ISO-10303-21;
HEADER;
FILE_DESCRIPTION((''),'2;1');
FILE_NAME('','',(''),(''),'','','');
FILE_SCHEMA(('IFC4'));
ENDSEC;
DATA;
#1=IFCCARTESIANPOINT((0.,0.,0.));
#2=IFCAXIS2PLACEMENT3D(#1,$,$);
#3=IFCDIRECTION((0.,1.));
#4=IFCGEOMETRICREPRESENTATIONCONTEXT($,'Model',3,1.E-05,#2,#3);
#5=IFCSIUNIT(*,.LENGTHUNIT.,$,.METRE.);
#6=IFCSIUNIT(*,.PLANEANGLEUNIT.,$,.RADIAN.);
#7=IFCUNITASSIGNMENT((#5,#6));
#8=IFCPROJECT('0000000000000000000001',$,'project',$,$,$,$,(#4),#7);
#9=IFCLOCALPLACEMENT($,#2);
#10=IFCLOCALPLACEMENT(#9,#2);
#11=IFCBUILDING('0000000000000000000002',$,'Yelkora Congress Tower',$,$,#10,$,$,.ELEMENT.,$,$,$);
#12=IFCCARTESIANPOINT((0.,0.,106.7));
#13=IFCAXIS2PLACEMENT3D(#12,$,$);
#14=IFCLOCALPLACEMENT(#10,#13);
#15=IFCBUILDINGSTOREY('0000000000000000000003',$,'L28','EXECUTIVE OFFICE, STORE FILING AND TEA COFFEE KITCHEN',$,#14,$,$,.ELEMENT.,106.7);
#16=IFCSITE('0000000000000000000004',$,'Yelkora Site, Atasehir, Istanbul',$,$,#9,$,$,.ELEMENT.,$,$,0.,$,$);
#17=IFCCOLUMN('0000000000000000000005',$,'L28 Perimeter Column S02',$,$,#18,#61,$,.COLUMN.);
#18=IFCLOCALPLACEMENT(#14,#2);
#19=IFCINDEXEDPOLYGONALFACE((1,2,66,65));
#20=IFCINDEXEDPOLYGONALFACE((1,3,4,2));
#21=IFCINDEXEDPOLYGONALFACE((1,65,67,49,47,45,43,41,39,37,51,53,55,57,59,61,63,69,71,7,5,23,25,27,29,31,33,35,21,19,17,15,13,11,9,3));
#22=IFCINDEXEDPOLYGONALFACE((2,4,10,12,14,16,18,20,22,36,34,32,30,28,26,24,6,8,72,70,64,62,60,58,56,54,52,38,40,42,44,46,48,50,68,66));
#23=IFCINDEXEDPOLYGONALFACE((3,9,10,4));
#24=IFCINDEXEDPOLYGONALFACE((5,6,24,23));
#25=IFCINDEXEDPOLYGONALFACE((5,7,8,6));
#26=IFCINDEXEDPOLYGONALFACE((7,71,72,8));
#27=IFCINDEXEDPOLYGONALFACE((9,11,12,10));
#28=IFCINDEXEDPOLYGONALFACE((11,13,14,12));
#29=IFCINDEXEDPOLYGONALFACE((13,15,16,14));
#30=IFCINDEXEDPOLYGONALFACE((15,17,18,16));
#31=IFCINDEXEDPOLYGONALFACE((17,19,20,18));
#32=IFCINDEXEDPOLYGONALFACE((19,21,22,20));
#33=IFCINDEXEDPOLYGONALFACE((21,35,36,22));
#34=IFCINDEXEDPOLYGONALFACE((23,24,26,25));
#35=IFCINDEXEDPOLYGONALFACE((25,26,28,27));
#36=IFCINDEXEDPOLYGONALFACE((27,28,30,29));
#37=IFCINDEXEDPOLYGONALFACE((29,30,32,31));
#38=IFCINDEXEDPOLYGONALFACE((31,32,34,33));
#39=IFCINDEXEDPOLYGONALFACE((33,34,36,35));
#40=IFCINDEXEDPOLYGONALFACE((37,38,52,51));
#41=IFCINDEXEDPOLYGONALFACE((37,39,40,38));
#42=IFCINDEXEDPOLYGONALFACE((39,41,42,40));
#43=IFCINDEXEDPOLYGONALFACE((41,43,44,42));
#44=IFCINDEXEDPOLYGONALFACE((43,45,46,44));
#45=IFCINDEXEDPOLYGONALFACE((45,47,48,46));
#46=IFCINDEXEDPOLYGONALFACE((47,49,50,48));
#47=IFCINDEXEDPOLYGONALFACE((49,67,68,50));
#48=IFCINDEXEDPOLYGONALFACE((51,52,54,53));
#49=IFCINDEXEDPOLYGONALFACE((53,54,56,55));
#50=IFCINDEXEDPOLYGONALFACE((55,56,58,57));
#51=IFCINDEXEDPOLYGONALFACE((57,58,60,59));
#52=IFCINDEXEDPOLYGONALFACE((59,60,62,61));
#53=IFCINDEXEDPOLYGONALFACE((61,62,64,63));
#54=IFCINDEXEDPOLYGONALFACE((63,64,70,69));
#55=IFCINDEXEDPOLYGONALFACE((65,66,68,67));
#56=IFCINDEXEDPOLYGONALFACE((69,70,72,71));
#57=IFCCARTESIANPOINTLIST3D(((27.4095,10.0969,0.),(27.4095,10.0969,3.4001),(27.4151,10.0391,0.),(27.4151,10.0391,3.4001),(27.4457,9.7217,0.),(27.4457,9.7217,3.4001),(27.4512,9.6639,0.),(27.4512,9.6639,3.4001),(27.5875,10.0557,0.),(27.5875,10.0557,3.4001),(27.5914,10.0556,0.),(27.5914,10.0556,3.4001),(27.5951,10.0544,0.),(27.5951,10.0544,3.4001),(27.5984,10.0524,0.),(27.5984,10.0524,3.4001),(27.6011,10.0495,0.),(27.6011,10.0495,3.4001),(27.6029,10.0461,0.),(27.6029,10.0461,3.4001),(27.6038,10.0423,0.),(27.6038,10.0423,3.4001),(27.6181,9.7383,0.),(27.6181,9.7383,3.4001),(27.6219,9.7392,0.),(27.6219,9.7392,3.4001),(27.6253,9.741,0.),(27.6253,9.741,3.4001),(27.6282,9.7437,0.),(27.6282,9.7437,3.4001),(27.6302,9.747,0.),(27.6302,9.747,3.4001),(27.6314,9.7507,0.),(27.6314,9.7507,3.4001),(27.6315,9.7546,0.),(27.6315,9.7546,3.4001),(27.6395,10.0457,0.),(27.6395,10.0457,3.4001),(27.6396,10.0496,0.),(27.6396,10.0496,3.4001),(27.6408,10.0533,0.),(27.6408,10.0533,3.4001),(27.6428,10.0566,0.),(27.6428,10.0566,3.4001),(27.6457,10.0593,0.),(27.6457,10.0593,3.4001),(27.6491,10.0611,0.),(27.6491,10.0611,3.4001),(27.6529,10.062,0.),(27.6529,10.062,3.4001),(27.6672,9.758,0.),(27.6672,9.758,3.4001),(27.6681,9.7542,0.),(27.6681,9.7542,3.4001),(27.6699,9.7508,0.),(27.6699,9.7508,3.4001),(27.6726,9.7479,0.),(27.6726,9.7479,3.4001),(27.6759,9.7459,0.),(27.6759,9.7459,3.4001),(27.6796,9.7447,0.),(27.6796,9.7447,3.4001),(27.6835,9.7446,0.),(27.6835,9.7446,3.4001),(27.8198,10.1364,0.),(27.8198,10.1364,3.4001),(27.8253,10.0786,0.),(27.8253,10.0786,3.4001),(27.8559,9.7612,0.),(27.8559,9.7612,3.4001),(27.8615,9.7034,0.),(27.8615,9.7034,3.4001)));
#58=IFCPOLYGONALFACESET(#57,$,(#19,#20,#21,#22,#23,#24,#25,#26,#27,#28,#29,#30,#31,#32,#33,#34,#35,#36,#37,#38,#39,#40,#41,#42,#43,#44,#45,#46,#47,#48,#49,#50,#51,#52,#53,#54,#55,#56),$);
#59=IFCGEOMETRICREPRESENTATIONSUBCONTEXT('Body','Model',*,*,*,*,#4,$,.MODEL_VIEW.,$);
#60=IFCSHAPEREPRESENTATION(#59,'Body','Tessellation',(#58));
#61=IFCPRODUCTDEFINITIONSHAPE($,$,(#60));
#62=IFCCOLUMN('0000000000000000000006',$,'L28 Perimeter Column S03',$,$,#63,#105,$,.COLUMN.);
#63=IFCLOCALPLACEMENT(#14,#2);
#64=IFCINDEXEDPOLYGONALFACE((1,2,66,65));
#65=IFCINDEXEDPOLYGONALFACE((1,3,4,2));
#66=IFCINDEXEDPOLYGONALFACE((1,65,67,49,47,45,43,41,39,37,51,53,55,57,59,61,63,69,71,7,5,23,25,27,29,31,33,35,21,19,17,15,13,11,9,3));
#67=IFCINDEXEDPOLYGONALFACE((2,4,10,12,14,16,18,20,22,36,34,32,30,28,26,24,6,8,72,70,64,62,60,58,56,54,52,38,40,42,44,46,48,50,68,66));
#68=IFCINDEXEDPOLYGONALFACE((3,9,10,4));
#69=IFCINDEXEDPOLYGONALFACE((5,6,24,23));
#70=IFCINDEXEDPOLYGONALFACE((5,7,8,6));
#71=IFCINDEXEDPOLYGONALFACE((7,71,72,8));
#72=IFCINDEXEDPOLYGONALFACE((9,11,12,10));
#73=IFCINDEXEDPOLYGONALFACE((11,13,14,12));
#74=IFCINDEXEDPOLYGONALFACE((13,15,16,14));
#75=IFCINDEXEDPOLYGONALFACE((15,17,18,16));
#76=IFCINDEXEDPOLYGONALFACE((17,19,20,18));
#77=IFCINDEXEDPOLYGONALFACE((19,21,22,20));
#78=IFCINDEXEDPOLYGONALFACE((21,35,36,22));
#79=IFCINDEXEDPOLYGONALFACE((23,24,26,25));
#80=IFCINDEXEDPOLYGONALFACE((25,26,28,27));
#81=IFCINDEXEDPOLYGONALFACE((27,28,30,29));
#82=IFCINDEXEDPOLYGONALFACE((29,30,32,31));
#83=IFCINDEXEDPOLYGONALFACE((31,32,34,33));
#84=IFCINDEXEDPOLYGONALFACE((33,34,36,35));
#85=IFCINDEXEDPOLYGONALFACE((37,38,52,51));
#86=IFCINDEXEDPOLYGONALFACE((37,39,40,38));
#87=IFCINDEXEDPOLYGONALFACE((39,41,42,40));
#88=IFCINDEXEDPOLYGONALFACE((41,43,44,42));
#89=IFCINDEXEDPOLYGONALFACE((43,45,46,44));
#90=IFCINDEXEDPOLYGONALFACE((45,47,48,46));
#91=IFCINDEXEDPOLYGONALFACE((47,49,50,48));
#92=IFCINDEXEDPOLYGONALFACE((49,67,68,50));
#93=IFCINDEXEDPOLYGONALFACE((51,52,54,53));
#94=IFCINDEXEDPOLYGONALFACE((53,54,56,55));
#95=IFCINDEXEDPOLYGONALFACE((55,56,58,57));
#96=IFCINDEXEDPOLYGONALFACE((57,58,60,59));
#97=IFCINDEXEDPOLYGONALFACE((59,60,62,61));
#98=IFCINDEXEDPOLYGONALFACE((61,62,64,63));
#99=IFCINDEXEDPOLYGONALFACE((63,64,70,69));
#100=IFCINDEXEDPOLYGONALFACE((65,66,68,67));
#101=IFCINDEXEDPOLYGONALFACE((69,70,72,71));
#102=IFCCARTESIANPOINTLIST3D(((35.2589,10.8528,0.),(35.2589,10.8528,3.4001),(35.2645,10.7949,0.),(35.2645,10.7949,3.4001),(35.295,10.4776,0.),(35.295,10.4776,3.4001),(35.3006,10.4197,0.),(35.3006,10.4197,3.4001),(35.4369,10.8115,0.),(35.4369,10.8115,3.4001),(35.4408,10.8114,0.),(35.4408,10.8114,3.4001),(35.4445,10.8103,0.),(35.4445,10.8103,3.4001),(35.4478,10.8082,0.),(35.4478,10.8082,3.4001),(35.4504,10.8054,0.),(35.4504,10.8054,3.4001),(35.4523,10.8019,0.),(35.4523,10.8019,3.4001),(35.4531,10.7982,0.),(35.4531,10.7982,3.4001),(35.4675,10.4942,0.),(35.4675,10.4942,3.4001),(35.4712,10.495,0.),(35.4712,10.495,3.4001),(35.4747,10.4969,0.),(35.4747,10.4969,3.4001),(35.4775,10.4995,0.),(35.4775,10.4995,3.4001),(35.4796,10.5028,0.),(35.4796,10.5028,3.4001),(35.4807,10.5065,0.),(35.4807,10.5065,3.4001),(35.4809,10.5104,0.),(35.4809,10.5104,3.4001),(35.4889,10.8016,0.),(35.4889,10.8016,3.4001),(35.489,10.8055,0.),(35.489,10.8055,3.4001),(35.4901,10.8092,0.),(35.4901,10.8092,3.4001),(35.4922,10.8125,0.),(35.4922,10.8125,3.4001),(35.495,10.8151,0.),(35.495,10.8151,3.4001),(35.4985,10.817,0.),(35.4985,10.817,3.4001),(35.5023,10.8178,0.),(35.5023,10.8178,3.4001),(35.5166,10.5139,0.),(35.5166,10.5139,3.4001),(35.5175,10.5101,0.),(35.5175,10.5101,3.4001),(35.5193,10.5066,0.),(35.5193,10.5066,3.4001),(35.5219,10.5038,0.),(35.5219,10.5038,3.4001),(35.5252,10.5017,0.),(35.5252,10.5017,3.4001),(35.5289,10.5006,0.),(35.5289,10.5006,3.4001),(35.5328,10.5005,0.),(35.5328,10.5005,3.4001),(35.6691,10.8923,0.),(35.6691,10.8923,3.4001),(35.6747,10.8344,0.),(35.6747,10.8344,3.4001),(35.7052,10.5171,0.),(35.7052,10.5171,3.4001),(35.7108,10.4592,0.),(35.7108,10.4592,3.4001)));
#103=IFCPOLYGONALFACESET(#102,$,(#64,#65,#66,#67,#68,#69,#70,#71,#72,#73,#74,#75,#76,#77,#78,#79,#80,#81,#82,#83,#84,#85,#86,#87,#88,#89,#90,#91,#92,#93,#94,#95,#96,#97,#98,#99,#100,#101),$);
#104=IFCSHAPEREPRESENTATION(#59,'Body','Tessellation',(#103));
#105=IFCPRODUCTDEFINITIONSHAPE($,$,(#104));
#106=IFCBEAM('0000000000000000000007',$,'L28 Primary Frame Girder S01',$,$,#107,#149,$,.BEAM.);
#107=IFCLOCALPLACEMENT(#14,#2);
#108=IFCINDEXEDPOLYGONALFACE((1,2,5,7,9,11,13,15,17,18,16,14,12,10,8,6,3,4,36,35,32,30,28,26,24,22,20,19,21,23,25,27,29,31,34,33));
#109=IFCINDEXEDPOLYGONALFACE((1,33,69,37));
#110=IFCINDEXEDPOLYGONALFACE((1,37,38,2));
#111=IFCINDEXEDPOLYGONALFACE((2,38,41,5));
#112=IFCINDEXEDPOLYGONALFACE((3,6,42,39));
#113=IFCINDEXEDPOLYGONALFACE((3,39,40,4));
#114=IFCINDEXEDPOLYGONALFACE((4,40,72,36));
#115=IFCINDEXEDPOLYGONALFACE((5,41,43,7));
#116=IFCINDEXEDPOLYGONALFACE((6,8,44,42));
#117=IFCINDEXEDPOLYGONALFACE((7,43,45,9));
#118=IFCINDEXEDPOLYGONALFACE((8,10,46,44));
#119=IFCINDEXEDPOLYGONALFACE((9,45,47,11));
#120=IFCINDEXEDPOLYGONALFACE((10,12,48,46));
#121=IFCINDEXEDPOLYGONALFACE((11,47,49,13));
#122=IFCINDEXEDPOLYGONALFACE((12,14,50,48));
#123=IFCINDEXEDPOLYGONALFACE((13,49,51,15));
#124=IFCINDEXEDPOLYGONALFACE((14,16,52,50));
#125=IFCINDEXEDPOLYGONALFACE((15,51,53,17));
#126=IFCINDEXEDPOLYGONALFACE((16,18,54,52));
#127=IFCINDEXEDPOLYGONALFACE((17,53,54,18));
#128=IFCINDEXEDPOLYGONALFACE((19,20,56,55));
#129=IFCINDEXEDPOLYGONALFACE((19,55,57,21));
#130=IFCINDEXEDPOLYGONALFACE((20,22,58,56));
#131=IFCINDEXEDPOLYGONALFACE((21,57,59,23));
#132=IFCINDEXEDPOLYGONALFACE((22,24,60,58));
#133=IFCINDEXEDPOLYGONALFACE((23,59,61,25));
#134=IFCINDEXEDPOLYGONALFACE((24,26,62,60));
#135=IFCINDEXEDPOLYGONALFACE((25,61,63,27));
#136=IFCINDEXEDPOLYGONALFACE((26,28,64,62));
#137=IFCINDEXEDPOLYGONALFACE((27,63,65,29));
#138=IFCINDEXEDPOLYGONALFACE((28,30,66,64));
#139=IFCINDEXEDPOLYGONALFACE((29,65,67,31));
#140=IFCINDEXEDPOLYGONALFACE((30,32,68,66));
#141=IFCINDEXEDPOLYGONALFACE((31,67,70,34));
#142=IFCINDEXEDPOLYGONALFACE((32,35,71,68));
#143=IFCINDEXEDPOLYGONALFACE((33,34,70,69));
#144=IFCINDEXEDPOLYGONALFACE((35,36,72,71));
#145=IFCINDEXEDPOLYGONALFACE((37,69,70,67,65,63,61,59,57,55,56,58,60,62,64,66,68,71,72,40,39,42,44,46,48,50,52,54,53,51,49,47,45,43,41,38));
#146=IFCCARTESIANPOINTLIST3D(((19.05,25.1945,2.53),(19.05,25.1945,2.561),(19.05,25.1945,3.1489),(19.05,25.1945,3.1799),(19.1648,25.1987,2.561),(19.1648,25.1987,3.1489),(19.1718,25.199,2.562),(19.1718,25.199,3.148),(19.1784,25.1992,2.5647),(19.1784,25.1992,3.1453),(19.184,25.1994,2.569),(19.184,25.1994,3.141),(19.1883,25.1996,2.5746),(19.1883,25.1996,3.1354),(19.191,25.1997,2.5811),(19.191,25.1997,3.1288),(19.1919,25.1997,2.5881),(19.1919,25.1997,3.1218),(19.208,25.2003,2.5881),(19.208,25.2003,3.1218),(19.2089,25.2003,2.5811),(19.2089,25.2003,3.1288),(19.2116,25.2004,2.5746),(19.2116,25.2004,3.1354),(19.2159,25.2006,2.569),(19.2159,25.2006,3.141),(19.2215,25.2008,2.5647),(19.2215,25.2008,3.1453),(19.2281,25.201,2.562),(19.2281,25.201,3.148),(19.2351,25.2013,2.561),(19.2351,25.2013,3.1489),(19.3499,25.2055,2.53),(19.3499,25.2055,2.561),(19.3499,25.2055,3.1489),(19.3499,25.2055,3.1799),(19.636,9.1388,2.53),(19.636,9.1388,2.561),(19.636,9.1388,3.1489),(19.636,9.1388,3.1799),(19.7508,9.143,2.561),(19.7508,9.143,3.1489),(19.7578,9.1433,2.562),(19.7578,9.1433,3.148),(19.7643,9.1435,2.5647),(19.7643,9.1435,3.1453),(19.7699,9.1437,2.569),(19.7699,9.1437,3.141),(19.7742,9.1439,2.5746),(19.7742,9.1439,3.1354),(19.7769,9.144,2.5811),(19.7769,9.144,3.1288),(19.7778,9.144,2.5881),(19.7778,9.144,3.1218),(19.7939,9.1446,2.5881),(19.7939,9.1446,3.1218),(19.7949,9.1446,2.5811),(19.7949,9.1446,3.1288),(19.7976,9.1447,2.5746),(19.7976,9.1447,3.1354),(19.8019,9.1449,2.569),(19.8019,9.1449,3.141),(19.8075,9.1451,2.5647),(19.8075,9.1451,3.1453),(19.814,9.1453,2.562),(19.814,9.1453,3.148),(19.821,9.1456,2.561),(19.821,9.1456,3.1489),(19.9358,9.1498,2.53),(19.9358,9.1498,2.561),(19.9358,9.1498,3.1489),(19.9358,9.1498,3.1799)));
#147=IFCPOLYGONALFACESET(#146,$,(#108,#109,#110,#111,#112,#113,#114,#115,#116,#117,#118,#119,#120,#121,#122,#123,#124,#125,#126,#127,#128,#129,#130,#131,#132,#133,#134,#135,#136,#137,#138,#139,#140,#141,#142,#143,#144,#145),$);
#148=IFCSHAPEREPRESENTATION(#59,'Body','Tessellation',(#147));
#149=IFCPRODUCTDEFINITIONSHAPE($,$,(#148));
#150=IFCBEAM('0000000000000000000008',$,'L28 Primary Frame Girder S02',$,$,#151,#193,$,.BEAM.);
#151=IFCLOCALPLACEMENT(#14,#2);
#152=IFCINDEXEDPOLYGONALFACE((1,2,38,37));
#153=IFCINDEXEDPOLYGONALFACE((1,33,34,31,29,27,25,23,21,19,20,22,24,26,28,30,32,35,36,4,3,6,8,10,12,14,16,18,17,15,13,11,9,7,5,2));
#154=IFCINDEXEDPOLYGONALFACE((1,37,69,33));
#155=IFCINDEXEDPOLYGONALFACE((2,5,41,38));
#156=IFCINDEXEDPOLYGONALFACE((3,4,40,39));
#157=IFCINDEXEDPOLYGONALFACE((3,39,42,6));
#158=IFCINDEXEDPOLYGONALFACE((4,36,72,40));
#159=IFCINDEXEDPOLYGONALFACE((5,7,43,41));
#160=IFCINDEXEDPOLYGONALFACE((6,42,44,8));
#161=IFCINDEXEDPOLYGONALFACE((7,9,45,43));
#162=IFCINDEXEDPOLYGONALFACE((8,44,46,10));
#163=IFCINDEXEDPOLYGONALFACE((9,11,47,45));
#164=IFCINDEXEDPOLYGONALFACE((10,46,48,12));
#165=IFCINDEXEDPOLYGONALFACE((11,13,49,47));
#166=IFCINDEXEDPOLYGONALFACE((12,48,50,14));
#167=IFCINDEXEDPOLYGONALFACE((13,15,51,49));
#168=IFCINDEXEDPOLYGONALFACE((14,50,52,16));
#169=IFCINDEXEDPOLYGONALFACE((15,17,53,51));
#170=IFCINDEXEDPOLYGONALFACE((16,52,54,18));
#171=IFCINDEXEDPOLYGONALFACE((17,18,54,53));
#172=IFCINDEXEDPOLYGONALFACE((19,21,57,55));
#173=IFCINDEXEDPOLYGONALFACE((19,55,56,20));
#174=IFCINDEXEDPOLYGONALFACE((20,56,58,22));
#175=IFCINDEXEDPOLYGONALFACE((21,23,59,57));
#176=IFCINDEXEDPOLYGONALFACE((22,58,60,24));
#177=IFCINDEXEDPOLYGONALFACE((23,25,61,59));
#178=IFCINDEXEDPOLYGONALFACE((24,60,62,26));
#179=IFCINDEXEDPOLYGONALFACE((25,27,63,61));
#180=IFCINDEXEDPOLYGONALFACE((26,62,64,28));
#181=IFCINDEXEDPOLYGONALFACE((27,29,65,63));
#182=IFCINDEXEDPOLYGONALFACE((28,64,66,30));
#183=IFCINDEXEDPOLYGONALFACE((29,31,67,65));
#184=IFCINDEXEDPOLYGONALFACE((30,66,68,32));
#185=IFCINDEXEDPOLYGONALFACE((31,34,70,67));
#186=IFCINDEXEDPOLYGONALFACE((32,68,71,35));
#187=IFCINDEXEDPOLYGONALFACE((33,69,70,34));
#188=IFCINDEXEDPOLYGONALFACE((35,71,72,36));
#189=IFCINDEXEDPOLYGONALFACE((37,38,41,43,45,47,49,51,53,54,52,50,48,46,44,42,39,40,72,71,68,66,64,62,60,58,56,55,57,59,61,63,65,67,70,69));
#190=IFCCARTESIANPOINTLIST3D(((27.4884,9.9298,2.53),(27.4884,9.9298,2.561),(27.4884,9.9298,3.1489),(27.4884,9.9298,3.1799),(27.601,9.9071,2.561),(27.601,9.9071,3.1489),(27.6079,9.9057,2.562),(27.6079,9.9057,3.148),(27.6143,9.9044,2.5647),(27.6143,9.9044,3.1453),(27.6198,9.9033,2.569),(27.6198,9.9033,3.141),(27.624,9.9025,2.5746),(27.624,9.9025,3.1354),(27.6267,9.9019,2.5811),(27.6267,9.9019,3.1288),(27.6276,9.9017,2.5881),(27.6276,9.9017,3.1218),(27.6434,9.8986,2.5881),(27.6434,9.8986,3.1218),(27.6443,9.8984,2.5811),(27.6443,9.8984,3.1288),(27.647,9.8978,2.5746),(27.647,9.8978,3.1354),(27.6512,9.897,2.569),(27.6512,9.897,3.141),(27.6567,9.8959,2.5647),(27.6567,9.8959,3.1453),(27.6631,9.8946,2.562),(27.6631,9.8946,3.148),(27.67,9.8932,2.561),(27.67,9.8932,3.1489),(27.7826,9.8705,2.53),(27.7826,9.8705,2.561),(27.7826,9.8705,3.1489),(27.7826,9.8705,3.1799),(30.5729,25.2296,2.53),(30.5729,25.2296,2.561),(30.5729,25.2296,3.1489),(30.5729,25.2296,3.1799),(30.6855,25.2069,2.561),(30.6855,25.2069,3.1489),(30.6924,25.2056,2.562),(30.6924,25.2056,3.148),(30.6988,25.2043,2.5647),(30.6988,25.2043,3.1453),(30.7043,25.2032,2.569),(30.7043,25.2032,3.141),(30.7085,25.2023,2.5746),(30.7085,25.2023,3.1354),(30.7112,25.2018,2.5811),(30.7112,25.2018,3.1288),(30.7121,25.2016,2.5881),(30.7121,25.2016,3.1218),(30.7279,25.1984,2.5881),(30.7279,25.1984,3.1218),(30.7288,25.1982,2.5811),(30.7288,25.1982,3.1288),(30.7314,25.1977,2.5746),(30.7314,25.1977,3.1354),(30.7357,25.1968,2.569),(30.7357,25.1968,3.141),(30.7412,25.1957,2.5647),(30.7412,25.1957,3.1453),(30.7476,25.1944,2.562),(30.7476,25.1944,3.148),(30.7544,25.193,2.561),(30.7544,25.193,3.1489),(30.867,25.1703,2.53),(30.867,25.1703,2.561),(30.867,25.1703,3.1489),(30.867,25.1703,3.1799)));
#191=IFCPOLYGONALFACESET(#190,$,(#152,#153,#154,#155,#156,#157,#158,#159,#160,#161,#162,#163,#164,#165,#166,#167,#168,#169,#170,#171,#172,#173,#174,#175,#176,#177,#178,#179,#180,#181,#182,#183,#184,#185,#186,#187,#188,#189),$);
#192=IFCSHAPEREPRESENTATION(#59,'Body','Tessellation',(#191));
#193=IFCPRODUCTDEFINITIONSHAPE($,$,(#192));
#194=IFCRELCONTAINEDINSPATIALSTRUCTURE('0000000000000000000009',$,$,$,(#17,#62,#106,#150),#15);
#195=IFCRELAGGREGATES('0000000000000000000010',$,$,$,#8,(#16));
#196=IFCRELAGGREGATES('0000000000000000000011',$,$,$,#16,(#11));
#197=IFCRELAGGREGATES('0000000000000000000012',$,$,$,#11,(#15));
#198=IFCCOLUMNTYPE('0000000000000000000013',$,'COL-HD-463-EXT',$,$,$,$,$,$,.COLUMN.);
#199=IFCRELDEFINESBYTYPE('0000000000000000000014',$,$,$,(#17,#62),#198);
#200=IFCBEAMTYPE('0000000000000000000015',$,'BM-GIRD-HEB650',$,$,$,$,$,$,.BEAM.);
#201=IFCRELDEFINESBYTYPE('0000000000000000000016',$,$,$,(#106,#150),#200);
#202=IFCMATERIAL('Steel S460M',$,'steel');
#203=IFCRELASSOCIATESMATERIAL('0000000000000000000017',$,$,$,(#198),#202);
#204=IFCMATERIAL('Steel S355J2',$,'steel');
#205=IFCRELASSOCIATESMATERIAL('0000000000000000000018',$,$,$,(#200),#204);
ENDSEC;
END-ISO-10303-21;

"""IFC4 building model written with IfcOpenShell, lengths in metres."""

from ifc_helpers import new_model, si_unit, direction, frame, origin, origin_2d, place, context, subcontext, project, spatial, i_section, extrude, material, material_profile, profile_set, type_object, element, save


model = new_model("IFC4")

# Units and contexts
model_context = context("Model", 3, precision=1e-05, world=origin(), true_north=direction((0.0, 1.0)))
body_context = subcontext(model_context, "Body", "Model", "MODEL_VIEW")
ifc_project = project(units=[si_unit("LENGTHUNIT", "METRE"), si_unit("PLANEANGLEUNIT", "RADIAN")], contexts=[model_context])

# Site, building, storey
site_placement = place(None, origin())
site = spatial("IfcSite", under=ifc_project, at=site_placement, Name="Yelkora Site, Atasehir, Istanbul", CompositionType="ELEMENT", RefElevation=0.0)
building_placement = place(site_placement, origin())
building = spatial("IfcBuilding", under=site, at=building_placement, Name="Yelkora Congress Tower", CompositionType="ELEMENT")
storey_placement = place(building_placement, frame((0.0, 0.0, 106.7)))
storey = spatial("IfcBuildingStorey", under=building, at=storey_placement, Name="L28", Description="EXECUTIVE OFFICE, STORE FILING AND TEA COFFEE KITCHEN", CompositionType="ELEMENT", Elevation=106.7)

# Columns
ifc_material_1 = material(Name="Steel S460M", Category="steel")
ifc_material_profile_1 = material_profile(ifc_material_1, i_section(OverallWidth=0.4121, OverallDepth=0.4351, WebThickness=0.0359, FlangeThickness=0.0581, FilletRadius=0.0149, at=origin_2d()), Name="HD 400x463")
ifc_profile_set_1 = profile_set([ifc_material_profile_1], Name="Steel S460M")
column_type = type_object("IfcColumnType", Name="COL-HD-463-EXT", PredefinedType="COLUMN", material=ifc_profile_set_1)
for number, where, z_axis, x_axis, name in (
    (1, (27.6355, 9.9001, 0.0), (0.0, 0.0, 1.0), (0.995396, 0.095846, 0.0), "L28 Perimeter Column S02"),
    (2, (35.4849, 10.656, 0.0), (0.0, 0.0, 1.0), (0.995396, 0.095846, 0.0), "L28 Perimeter Column S03"),
):
    element("IfcColumn", number, at=place(storey_placement, frame(where, z_axis=z_axis, x_axis=x_axis)), inside=storey, type_object=column_type, Name=name, PredefinedType="COLUMN", context=body_context, shape_type="SweptSolid", body=[
        extrude(i_section(OverallWidth=0.4121, OverallDepth=0.4351, WebThickness=0.0359, FlangeThickness=0.0581, FilletRadius=0.0149, at=origin_2d()), origin(), (0.0, 0.0, 1.0), 3.4001),
    ])

# Beams
ifc_material_2 = material(Name="Steel S355J2", Category="steel")
ifc_material_profile_2 = material_profile(ifc_material_2, i_section(OverallWidth=0.3, OverallDepth=0.6499, WebThickness=0.0161, FlangeThickness=0.031, FilletRadius=0.0271, at=origin_2d()), Name="HEB 650")
ifc_profile_set_2 = profile_set([ifc_material_profile_2], Name="Steel S355J2")
beam_type_1 = type_object("IfcBeamType", Name="BM-GIRD-HEB650", PredefinedType="BEAM", material=ifc_profile_set_2)
beam_1_placement = place(storey_placement, frame((19.7859, 9.1443, 2.855), z_axis=(-0.03647, 0.999335, 0.0), x_axis=(-0.999335, -0.03647, 0.0)))
element("IfcBeam", 3, at=beam_1_placement, inside=storey, type_object=beam_type_1, Name="L28 Primary Frame Girder S01", PredefinedType="BEAM", context=body_context, shape_type="SweptSolid", body=[
    extrude(i_section(OverallWidth=0.3, OverallDepth=0.6499, WebThickness=0.0161, FlangeThickness=0.031, FilletRadius=0.0271, at=origin_2d()), origin(), (0.0, 0.0, 1.0), 16.0664),
])
beam_2_placement = place(storey_placement, frame((27.6355, 9.9001, 2.855), z_axis=(0.197626, 0.980277, 0.0), x_axis=(-0.980277, 0.197626, 0.0)))
element("IfcBeam", 4, at=beam_2_placement, inside=storey, type_object=beam_type_1, Name="L28 Primary Frame Girder S02", PredefinedType="BEAM", context=body_context, shape_type="SweptSolid", body=[
    extrude(i_section(OverallWidth=0.3, OverallDepth=0.6499, WebThickness=0.0161, FlangeThickness=0.031, FilletRadius=0.0271, at=origin_2d()), origin(), (0.0, 0.0, 1.0), 15.6077),
])

save(model, "model.ifc")
